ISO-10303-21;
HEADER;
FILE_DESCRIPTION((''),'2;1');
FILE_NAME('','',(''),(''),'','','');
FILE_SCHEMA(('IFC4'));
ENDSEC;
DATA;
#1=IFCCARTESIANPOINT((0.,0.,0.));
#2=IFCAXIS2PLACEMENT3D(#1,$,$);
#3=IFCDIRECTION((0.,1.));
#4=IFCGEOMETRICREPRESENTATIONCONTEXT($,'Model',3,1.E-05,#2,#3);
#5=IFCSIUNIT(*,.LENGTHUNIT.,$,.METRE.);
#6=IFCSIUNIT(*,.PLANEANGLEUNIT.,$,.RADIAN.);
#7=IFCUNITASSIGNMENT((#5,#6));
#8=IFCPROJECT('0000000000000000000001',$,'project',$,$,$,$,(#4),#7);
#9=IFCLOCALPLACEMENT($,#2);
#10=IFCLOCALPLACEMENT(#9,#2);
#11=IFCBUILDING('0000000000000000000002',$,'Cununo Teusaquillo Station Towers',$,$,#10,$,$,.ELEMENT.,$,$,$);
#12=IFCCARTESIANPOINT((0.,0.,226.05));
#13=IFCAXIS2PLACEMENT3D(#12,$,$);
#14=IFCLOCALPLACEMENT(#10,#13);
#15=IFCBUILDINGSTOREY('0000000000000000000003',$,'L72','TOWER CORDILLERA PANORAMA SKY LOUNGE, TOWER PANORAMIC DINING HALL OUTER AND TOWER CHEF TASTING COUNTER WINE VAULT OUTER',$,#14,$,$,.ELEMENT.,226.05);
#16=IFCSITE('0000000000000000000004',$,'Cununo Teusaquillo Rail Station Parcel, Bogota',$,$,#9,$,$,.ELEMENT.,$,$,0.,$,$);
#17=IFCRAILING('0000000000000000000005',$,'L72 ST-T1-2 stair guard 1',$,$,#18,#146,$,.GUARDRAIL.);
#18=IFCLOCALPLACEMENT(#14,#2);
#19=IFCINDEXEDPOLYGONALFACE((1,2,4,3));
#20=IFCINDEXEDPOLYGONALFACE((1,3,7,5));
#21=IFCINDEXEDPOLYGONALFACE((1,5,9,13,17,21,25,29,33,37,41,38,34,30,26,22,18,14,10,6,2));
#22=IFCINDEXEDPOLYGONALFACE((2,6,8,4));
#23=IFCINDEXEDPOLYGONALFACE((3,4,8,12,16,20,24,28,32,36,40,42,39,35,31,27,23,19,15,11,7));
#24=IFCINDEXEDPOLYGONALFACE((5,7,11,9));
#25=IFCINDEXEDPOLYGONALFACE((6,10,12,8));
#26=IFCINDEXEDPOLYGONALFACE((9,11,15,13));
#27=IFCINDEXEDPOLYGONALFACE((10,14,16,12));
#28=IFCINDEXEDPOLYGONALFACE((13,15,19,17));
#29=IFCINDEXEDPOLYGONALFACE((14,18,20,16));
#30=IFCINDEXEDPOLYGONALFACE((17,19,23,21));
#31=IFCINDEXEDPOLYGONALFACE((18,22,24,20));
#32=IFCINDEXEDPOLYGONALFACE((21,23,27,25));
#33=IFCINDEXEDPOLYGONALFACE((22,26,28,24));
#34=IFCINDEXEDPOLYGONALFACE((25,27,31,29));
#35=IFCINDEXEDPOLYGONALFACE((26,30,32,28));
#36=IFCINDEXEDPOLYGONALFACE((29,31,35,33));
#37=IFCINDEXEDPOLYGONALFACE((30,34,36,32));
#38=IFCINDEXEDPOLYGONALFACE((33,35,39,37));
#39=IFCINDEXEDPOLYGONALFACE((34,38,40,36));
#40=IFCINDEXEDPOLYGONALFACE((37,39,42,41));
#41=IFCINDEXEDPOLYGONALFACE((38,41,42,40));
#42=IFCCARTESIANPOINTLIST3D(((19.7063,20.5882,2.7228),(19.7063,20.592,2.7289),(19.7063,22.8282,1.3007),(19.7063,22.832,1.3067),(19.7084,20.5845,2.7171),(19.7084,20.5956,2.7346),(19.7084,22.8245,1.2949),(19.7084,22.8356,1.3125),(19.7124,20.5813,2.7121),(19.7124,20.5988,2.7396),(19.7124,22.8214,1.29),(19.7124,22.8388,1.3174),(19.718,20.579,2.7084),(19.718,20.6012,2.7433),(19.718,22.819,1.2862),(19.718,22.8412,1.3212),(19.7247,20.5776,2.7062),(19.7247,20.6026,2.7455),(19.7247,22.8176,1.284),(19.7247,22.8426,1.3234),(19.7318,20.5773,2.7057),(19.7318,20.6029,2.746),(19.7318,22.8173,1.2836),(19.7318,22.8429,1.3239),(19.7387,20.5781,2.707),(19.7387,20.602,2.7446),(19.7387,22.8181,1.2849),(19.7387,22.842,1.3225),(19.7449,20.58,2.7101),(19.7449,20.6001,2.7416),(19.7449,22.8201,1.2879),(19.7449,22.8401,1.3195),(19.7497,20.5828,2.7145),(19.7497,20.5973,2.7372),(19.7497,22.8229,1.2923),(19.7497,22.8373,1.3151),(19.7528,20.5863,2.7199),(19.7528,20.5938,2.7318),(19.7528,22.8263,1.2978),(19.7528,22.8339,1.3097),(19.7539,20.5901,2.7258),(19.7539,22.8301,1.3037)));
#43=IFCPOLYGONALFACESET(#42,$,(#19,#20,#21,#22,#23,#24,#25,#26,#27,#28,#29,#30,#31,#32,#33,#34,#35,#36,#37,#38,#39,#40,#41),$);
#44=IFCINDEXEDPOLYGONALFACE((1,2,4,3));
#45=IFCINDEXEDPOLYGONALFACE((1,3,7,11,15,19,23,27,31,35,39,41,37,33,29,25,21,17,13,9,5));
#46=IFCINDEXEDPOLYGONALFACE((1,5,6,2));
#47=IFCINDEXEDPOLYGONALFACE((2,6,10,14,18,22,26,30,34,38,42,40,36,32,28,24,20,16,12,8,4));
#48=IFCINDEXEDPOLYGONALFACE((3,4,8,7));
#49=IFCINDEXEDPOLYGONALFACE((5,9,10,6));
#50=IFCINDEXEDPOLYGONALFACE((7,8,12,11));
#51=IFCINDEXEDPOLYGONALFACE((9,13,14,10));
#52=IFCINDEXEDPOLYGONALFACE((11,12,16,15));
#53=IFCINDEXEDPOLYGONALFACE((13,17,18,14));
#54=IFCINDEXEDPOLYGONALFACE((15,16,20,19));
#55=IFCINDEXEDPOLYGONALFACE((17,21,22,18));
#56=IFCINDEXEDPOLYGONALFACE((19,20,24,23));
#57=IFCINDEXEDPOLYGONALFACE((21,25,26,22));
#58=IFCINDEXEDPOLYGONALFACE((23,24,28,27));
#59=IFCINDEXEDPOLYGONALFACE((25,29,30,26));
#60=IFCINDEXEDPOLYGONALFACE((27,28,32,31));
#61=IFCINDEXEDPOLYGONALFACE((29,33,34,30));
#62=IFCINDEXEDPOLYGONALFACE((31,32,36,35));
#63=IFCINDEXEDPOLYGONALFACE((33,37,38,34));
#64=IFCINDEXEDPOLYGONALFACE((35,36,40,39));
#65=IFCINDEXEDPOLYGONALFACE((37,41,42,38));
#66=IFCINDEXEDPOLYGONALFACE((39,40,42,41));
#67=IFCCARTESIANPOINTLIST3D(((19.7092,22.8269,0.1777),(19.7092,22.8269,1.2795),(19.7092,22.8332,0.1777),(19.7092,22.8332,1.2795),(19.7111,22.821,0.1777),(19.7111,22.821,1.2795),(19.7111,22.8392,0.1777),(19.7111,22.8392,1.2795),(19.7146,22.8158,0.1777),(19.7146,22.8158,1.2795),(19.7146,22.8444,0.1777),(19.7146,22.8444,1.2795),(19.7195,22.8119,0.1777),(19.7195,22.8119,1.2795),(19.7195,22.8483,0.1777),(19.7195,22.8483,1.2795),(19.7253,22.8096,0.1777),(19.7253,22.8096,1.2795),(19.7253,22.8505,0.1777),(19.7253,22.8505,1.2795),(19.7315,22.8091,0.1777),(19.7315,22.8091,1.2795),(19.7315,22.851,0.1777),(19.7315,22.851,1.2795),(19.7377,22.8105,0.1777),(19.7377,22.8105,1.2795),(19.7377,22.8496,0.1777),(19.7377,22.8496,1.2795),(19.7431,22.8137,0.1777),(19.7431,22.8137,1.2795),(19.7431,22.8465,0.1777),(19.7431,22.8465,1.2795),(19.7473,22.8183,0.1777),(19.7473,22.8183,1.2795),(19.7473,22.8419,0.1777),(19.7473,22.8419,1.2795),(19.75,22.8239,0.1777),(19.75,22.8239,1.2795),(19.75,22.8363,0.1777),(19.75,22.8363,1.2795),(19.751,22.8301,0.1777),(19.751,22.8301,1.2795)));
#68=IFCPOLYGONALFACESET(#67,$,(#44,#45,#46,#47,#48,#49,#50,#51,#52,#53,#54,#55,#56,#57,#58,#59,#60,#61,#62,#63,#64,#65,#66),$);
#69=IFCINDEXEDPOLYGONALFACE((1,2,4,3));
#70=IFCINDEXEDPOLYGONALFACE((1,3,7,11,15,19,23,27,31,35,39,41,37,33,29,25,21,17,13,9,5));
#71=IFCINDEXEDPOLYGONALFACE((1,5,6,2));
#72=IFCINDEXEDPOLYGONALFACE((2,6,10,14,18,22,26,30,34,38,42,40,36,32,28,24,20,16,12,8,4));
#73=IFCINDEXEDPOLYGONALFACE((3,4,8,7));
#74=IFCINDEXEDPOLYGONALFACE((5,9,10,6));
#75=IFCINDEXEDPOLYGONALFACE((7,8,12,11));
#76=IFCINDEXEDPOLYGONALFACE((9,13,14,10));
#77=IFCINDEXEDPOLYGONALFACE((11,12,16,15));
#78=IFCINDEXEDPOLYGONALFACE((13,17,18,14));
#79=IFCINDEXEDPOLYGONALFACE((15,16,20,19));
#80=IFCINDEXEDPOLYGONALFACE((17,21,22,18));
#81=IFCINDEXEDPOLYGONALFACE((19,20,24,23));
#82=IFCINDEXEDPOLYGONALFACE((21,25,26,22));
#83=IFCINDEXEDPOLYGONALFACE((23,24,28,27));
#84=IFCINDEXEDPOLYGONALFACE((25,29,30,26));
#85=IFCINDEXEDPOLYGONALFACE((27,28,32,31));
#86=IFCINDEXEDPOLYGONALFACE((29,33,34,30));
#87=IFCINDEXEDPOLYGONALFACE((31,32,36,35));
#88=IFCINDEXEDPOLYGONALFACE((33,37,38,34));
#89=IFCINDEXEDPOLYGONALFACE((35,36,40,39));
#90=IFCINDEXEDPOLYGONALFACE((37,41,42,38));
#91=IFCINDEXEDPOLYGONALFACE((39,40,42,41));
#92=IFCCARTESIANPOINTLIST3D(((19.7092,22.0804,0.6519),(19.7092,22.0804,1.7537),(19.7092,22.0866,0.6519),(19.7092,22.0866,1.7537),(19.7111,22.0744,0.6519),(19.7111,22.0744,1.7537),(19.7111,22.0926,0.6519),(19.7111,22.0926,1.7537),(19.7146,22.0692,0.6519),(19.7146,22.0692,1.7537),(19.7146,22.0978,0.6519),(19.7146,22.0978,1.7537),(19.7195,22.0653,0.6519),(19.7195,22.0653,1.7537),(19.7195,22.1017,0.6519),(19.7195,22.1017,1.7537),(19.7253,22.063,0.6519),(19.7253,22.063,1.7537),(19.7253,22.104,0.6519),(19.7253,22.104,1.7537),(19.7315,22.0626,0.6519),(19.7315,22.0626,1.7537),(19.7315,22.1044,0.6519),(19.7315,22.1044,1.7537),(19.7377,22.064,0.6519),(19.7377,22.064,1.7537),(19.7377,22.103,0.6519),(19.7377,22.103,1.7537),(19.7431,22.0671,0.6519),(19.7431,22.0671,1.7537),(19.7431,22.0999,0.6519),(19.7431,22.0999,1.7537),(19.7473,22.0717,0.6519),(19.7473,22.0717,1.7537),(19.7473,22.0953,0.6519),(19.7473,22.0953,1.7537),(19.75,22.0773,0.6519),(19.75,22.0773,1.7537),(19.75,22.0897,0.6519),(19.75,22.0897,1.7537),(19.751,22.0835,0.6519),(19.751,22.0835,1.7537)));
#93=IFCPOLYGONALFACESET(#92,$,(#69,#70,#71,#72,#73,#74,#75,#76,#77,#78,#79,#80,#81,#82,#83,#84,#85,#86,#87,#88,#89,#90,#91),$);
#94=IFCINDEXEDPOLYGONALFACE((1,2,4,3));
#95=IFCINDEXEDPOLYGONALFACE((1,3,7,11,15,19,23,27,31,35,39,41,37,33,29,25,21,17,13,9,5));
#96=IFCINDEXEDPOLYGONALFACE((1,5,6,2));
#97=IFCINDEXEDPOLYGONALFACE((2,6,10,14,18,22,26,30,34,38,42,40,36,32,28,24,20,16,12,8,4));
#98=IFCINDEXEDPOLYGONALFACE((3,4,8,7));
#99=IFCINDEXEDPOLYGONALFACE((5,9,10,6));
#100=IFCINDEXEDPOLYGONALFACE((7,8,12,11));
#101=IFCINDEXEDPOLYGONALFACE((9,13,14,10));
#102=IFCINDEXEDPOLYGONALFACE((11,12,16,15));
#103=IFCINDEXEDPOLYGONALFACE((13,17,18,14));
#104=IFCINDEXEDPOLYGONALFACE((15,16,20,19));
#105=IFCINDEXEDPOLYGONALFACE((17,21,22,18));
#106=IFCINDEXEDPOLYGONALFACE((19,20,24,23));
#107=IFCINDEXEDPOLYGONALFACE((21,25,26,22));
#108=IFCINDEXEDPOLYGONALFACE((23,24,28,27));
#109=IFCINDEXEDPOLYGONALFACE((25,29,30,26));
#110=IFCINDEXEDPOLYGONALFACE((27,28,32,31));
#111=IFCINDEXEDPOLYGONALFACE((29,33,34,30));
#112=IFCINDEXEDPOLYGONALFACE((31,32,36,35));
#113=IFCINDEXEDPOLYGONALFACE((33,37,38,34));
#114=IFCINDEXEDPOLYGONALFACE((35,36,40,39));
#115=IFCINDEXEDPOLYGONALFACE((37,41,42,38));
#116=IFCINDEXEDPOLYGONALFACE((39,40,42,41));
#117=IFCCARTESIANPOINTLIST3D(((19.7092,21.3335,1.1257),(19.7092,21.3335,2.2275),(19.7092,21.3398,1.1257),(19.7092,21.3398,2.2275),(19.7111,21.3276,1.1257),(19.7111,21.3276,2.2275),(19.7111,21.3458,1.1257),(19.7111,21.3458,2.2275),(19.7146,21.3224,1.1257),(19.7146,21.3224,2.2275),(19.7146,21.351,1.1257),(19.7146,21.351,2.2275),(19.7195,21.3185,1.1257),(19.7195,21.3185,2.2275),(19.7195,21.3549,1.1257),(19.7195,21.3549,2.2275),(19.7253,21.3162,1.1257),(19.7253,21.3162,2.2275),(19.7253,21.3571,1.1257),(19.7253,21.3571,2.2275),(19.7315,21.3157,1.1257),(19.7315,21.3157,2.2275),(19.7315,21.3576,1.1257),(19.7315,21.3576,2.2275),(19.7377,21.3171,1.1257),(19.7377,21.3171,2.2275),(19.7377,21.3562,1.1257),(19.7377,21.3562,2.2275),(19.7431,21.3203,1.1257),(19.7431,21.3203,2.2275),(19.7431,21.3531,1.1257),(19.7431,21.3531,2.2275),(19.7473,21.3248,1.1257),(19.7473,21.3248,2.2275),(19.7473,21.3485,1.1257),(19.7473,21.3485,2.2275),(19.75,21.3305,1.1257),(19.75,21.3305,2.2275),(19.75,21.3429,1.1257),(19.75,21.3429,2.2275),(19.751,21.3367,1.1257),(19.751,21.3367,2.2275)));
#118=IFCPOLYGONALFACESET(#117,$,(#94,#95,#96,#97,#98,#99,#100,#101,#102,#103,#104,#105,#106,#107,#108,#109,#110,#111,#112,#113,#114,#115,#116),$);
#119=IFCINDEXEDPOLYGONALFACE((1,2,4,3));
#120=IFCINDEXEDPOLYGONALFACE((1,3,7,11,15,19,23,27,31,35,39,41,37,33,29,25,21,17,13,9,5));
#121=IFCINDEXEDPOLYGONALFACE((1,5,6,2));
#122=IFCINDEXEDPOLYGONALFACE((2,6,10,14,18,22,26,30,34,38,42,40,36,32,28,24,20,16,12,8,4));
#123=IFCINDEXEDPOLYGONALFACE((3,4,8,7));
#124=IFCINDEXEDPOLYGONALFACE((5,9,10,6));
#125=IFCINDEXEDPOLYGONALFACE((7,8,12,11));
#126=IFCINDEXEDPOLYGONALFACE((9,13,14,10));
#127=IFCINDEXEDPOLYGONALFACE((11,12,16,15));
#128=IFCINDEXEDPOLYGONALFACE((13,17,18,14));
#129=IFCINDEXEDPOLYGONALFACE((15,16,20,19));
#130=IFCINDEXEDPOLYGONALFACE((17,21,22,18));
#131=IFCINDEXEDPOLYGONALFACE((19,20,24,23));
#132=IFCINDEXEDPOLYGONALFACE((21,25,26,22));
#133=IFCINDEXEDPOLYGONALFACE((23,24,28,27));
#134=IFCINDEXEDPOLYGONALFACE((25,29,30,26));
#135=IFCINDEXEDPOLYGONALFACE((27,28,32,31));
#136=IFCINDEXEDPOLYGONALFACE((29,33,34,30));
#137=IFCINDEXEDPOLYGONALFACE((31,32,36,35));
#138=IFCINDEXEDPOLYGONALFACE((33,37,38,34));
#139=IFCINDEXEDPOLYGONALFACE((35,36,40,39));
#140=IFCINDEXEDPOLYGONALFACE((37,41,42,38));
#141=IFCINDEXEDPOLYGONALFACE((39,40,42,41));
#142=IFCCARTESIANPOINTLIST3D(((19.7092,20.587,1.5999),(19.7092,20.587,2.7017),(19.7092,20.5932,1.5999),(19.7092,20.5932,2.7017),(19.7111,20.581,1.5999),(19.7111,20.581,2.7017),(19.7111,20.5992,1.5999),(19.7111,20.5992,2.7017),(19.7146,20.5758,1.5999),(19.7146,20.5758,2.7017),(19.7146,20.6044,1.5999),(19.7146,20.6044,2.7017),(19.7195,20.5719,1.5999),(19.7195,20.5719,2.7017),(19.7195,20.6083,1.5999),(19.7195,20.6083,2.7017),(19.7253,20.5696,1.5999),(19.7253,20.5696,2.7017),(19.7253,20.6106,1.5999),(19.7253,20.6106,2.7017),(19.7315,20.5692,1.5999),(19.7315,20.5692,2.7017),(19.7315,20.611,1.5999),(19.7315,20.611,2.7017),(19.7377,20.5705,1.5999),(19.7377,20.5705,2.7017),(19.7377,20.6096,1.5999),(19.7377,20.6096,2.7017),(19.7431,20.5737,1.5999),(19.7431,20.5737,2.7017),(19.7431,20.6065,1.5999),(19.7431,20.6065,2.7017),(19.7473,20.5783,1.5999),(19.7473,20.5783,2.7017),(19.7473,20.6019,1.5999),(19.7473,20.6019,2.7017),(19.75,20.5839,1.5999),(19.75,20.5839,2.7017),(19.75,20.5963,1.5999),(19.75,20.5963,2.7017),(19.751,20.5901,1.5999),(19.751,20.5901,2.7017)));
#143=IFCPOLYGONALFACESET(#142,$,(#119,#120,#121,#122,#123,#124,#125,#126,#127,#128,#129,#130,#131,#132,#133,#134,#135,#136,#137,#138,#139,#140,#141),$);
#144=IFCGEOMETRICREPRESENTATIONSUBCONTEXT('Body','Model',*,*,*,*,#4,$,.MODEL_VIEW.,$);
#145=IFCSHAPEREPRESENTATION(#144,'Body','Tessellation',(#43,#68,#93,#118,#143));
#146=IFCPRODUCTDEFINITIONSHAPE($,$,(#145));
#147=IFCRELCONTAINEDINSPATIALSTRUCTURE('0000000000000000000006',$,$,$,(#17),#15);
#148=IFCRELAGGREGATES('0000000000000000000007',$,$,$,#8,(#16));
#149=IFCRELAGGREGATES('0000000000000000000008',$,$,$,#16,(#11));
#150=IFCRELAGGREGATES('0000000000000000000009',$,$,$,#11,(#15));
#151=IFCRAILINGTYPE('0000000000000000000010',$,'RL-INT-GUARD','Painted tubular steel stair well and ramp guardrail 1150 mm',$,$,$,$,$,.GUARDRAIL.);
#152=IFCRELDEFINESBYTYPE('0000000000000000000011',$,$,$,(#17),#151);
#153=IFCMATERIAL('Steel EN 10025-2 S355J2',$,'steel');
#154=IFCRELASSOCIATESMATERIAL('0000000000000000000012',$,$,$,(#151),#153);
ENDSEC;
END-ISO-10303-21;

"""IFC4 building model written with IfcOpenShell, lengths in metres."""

from ifc_helpers import new_model, si_unit, direction, frame, origin, origin_2d, place, context, subcontext, project, spatial, circle, extrude, material, type_object, element, save


model = new_model("IFC4")

# Units and contexts
model_context = context("Model", 3, precision=1e-05, world=origin(), true_north=direction((0.0, 1.0)))
body_context = subcontext(model_context, "Body", "Model", "MODEL_VIEW")
ifc_project = project(units=[si_unit("LENGTHUNIT", "METRE"), si_unit("PLANEANGLEUNIT", "RADIAN")], contexts=[model_context])

# Site, building, storey
site_placement = place(None, origin())
site = spatial("IfcSite", under=ifc_project, at=site_placement, Name="Cununo Teusaquillo Rail Station Parcel, Bogota", CompositionType="ELEMENT", RefElevation=0.0)
building_placement = place(site_placement, origin())
building = spatial("IfcBuilding", under=site, at=building_placement, Name="Cununo Teusaquillo Station Towers", CompositionType="ELEMENT")
storey_placement = place(building_placement, frame((0.0, 0.0, 226.05)))
storey = spatial("IfcBuildingStorey", under=building, at=storey_placement, Name="L72", Description="TOWER CORDILLERA PANORAMA SKY LOUNGE, TOWER PANORAMIC DINING HALL OUTER AND TOWER CHEF TASTING COUNTER WINE VAULT OUTER", CompositionType="ELEMENT", Elevation=226.05)

# Railing
ifc_material_1 = material(Name="Steel EN 10025-2 S355J2", Category="steel")
railing_type_1 = type_object("IfcRailingType", Name="RL-INT-GUARD", Description="Painted tubular steel stair well and ramp guardrail 1150 mm", PredefinedType="GUARDRAIL", material=ifc_material_1)
railing_1_placement = place(storey_placement, frame((19.73, 22.8301, 0.1777)))
element("IfcRailing", 1, at=railing_1_placement, inside=storey, type_object=railing_type_1, Name="L72 ST-T1-2 stair guard 1", PredefinedType="GUARDRAIL", context=body_context, shape_type="SweptSolid", body=[
    extrude(circle(Radius=0.0239, at=origin_2d()), frame((0.0, 0.0, 1.126), z_axis=(0.0, -0.844229, 0.535982), x_axis=(1.0, 0.0, 0.0)), (0.0, 0.0, 1.0), 2.6533),
    extrude(circle(Radius=0.021, at=origin_2d()), origin(), (0.0, 0.0, 1.0), 1.1018),
    extrude(circle(Radius=0.021, at=origin_2d()), frame((0.0, -0.7466, 0.4741)), (0.0, 0.0, 1.0), 1.1018),
    extrude(circle(Radius=0.021, at=origin_2d()), frame((0.0, -1.4934, 0.948)), (0.0, 0.0, 1.0), 1.1018),
    extrude(circle(Radius=0.021, at=origin_2d()), frame((0.0, -2.24, 1.4221)), (0.0, 0.0, 1.0), 1.1018),
])

save(model, "model.ifc")
